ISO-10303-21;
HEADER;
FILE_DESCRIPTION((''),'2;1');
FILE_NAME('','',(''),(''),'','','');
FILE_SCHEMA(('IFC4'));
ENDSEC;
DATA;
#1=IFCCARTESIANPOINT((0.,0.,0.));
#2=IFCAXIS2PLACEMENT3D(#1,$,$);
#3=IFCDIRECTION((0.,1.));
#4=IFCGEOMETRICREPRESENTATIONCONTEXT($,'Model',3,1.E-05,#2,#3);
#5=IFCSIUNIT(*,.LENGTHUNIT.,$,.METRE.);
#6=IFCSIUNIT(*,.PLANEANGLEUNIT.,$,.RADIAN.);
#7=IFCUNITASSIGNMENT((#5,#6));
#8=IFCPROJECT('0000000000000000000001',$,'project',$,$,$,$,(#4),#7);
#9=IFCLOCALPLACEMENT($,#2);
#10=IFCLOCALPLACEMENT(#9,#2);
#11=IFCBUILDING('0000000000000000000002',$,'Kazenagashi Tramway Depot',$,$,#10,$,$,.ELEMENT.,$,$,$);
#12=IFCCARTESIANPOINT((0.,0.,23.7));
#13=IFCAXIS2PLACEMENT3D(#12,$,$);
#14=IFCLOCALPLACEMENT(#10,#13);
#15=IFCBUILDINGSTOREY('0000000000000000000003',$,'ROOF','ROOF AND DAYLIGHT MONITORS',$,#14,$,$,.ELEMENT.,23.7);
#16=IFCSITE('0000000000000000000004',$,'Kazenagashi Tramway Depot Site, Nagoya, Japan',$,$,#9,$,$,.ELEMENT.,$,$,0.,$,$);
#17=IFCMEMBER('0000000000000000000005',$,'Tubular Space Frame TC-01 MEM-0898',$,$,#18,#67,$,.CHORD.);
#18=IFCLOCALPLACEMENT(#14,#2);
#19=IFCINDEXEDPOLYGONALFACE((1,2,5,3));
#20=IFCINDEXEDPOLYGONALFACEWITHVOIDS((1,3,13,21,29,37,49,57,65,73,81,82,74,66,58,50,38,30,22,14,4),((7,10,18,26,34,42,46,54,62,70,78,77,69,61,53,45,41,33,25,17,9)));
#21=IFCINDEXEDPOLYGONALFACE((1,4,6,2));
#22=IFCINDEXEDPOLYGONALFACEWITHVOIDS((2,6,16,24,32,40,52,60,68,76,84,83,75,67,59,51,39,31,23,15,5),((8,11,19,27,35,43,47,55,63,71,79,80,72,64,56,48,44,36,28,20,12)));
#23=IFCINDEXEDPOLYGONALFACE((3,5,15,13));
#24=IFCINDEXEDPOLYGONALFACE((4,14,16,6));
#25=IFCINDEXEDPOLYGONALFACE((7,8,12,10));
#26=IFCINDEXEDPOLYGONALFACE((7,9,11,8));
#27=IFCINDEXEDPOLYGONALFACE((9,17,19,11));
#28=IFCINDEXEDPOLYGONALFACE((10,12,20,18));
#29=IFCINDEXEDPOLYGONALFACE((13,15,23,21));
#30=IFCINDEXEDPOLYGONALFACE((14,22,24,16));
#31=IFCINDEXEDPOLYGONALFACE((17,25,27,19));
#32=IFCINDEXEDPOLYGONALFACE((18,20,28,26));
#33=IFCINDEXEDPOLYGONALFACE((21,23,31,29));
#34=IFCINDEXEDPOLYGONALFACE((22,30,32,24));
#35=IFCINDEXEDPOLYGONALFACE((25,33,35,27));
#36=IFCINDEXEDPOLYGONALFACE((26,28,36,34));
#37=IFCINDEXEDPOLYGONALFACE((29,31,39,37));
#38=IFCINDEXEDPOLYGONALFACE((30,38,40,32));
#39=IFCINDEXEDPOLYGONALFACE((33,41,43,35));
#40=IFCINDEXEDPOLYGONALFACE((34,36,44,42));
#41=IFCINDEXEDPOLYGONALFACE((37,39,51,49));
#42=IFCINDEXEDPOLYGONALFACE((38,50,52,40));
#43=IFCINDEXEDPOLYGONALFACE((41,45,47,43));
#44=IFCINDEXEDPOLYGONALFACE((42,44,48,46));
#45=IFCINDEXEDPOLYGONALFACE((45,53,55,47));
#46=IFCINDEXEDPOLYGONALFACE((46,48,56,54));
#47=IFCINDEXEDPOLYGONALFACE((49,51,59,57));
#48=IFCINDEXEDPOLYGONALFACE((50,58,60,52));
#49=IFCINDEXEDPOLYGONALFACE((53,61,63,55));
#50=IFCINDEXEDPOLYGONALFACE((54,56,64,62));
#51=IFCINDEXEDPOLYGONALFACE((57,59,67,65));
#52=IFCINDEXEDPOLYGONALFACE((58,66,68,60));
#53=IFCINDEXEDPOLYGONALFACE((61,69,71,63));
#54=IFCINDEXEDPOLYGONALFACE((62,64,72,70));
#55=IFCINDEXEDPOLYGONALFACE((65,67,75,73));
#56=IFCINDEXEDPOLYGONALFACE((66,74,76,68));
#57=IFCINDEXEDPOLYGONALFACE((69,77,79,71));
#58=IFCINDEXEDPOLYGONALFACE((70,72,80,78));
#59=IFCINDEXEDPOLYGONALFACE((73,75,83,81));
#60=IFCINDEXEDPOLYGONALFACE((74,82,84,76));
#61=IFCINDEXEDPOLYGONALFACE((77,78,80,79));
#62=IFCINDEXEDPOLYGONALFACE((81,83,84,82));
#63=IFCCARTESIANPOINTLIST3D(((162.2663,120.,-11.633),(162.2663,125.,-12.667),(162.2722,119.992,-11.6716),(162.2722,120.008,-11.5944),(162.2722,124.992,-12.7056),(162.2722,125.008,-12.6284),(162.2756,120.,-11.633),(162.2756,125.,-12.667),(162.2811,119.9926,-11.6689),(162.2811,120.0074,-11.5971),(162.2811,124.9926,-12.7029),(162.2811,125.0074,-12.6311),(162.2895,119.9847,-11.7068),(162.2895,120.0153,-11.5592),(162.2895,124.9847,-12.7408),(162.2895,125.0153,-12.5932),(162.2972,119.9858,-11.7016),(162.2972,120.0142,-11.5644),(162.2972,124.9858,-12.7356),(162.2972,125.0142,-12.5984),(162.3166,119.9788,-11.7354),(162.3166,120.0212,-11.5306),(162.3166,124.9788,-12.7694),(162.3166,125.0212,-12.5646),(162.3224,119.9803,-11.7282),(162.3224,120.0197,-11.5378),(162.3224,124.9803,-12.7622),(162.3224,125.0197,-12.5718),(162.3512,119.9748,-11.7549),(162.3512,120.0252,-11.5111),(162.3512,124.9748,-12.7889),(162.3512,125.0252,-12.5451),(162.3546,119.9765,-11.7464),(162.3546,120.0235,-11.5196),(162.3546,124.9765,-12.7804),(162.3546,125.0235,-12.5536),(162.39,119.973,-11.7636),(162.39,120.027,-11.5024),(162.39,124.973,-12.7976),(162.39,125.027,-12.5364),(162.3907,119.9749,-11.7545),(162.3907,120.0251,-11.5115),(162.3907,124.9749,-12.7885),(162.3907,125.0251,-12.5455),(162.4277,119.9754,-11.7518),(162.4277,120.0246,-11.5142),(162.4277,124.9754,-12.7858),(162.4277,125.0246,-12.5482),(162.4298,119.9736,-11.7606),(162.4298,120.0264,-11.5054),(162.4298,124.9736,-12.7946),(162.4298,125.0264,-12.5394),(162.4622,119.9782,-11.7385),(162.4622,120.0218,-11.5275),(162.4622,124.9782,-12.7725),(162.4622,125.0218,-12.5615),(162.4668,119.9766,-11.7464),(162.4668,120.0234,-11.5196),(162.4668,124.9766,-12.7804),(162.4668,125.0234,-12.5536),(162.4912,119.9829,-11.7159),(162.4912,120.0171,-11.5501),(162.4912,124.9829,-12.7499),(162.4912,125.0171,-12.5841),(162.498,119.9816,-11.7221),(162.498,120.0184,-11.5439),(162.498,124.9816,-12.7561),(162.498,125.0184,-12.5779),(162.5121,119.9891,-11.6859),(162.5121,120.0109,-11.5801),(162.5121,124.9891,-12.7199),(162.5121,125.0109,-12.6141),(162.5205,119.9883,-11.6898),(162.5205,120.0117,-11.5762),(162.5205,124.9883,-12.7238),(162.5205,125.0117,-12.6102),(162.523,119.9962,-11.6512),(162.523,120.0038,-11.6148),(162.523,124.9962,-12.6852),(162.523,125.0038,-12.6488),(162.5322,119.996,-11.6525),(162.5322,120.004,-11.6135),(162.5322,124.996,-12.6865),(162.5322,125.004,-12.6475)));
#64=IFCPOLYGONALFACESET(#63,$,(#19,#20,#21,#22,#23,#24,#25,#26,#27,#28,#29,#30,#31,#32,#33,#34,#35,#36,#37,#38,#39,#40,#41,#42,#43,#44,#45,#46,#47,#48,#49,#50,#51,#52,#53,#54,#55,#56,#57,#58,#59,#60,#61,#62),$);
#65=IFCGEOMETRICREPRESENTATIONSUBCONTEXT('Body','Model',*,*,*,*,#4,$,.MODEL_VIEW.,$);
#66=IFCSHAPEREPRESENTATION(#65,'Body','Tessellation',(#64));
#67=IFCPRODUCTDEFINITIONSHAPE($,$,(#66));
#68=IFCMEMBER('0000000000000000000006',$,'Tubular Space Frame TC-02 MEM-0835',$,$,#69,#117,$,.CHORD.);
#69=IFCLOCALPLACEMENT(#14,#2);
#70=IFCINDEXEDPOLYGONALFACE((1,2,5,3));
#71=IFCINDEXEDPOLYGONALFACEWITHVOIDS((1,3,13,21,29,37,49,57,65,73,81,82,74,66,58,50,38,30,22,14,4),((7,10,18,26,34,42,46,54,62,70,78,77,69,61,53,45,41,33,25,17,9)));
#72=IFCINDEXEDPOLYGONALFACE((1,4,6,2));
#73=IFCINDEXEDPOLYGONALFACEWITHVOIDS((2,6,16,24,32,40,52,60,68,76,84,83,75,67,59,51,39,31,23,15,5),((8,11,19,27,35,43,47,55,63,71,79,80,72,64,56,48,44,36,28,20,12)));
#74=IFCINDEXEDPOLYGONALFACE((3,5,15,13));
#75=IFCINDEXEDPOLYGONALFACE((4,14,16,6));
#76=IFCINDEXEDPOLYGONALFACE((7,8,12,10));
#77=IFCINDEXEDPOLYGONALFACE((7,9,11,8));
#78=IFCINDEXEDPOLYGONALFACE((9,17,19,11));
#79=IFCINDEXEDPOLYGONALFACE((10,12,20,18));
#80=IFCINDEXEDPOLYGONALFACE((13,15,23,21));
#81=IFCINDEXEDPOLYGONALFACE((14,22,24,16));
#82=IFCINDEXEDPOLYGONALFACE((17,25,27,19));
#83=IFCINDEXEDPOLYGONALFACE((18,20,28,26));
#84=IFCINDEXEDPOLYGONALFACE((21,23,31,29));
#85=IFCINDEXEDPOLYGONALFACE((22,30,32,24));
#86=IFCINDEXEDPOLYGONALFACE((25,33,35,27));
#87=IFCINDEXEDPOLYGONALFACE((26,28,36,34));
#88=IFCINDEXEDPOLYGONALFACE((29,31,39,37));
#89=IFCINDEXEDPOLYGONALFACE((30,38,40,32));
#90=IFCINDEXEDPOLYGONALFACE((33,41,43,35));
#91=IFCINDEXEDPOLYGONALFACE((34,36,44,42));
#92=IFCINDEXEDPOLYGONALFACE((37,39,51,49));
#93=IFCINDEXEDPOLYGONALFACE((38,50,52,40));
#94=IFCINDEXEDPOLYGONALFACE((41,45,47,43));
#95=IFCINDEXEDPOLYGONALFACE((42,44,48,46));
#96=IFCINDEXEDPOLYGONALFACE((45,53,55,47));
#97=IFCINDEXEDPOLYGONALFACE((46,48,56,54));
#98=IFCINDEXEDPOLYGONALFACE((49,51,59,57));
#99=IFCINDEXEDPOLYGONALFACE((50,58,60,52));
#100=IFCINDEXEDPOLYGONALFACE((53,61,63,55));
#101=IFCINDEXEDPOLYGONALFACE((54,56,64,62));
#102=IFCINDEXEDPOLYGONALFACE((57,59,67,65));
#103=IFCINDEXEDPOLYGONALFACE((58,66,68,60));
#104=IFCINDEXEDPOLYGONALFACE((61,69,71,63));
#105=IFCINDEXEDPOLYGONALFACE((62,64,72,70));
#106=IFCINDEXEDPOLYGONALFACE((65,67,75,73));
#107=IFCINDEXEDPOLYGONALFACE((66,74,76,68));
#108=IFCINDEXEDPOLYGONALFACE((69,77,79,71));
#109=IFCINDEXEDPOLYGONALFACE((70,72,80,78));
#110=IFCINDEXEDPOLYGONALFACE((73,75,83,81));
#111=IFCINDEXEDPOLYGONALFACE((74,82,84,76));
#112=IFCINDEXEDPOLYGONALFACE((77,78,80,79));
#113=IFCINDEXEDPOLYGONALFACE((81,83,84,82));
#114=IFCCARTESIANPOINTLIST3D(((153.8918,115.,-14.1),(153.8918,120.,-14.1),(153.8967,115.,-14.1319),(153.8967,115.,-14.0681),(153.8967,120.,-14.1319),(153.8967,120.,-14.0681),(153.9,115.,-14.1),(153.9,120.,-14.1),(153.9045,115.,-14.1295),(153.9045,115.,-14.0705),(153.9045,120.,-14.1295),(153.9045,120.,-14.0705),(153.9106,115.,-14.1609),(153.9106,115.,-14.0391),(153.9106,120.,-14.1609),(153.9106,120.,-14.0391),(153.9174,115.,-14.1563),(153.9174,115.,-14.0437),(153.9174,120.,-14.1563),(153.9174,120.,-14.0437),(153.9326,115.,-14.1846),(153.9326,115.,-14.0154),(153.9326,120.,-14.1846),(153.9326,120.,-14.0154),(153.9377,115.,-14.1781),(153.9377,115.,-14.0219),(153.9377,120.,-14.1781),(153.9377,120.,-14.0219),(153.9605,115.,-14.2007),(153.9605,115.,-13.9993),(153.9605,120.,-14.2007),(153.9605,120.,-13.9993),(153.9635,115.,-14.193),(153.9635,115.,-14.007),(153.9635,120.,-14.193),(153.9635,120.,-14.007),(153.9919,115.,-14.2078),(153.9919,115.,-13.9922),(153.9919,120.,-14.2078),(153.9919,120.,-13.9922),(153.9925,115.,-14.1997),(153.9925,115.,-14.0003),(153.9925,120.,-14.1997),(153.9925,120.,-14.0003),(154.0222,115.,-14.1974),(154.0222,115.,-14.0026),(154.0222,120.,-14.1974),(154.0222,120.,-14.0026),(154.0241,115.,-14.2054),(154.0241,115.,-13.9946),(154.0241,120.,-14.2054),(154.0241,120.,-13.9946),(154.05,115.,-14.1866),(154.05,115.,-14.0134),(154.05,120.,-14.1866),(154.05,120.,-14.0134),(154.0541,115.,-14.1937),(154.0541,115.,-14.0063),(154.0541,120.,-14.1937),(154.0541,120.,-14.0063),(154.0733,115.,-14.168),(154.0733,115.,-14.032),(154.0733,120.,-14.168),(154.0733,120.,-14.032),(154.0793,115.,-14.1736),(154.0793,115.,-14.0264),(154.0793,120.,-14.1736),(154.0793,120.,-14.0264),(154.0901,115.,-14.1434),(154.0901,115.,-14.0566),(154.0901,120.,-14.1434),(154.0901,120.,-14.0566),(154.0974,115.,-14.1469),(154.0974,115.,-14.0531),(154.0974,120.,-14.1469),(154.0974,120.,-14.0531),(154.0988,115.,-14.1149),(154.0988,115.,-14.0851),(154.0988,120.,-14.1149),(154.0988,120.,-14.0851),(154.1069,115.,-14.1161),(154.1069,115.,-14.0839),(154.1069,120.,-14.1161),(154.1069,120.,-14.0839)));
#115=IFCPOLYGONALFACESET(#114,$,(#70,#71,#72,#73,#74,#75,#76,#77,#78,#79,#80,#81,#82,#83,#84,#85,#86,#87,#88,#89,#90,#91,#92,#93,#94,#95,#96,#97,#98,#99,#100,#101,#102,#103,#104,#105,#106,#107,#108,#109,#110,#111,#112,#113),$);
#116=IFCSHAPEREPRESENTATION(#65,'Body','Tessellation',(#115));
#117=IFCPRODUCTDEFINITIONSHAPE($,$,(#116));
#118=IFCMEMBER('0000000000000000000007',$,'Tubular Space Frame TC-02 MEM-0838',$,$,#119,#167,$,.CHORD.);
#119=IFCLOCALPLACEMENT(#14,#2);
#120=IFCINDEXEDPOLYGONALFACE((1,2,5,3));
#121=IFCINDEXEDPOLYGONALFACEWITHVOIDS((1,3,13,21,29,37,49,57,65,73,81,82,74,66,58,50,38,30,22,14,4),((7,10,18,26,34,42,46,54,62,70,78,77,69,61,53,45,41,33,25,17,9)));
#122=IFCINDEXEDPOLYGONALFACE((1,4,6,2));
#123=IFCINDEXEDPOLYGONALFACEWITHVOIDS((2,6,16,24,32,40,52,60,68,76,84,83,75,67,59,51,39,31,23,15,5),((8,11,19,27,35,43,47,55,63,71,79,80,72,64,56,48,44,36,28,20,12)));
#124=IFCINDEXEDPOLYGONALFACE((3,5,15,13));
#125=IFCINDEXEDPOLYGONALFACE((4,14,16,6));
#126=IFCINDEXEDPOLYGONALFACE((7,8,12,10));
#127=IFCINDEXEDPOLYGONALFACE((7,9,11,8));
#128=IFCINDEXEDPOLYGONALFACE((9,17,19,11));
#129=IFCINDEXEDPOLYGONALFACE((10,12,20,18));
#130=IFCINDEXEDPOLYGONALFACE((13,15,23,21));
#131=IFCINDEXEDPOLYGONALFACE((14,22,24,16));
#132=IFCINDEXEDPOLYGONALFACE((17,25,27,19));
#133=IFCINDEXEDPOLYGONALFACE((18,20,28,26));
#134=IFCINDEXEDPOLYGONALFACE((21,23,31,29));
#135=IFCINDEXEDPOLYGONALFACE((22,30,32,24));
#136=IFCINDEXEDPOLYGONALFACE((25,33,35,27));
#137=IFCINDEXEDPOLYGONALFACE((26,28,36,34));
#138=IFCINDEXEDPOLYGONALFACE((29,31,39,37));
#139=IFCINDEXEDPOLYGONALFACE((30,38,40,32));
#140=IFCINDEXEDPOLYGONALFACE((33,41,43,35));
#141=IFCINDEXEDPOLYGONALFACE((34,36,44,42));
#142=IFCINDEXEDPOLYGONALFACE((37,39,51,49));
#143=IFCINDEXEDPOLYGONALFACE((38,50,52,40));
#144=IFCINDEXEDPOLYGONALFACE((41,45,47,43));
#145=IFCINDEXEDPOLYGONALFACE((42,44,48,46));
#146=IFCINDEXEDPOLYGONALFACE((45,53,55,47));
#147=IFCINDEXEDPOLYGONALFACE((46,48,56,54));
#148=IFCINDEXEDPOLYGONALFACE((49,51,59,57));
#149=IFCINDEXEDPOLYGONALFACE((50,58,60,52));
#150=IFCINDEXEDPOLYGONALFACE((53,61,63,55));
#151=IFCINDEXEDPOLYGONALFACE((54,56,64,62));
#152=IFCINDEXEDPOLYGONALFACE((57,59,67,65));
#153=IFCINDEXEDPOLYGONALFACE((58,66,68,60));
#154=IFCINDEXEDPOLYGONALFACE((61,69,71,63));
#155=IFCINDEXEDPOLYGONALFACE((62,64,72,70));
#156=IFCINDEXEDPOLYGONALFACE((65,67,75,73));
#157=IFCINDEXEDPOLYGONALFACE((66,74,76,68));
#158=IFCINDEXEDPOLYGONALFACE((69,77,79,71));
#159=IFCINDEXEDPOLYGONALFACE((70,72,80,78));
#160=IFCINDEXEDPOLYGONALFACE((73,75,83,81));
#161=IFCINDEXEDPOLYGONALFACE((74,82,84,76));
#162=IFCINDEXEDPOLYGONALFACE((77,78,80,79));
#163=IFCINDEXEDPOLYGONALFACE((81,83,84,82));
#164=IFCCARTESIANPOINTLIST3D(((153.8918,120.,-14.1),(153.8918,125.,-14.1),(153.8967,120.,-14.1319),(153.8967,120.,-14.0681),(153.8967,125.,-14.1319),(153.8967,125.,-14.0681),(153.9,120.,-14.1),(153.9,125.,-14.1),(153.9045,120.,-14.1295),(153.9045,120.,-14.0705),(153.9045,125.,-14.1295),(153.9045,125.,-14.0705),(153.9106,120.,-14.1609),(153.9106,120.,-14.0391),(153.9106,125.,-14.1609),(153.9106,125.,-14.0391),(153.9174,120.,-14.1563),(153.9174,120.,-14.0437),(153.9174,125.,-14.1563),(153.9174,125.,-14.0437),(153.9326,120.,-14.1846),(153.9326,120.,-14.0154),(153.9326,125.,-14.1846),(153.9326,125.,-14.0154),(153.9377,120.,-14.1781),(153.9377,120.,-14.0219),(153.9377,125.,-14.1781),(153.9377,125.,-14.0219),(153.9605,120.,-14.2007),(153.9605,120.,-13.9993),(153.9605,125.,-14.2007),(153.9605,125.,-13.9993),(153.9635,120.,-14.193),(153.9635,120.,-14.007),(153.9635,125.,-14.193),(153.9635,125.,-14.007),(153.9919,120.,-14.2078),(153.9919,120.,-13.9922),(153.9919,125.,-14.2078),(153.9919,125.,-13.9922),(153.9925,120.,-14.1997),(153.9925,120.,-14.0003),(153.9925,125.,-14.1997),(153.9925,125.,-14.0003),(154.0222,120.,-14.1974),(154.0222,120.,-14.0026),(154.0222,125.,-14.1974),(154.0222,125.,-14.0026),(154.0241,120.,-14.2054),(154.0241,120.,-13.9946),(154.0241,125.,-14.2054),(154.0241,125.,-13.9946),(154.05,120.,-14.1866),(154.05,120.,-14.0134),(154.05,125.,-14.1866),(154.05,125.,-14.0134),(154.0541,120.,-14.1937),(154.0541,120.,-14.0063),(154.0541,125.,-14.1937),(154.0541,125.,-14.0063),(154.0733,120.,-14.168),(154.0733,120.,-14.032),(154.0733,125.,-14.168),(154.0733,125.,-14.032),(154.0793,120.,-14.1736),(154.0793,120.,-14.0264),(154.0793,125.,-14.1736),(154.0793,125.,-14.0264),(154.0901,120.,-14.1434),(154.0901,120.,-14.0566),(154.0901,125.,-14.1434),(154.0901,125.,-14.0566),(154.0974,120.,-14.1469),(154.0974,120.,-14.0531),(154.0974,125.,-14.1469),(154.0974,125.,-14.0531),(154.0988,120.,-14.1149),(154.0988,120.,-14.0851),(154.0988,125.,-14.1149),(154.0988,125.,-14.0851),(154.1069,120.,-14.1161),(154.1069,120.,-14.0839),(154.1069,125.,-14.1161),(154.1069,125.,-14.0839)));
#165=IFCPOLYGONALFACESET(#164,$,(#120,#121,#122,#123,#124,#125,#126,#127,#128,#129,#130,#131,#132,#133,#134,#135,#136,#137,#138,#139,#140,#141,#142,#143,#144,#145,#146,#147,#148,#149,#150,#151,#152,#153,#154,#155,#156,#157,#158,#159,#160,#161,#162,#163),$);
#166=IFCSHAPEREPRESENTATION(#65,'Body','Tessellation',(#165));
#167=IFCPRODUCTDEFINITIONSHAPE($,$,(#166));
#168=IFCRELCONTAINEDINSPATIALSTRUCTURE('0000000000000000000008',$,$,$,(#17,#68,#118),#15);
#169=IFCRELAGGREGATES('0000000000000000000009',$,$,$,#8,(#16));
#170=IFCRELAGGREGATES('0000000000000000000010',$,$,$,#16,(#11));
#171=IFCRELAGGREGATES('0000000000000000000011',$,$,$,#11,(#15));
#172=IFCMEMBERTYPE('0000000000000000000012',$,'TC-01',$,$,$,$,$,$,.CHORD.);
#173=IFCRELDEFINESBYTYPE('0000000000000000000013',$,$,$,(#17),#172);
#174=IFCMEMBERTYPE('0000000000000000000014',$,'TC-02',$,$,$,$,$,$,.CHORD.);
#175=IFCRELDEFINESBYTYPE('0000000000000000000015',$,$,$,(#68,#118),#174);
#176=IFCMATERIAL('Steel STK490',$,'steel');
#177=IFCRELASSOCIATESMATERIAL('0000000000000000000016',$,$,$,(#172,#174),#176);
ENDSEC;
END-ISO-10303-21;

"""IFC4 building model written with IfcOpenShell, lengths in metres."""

from ifc_helpers import new_model, si_unit, direction, frame, origin, origin_2d, place, context, subcontext, project, spatial, hollow_circle, extrude, material, material_profile, profile_set, type_object, element, save


model = new_model("IFC4")

# Units and contexts
model_context = context("Model", 3, precision=1e-05, world=origin(), true_north=direction((0.0, 1.0)))
body_context = subcontext(model_context, "Body", "Model", "MODEL_VIEW")
ifc_project = project(units=[si_unit("LENGTHUNIT", "METRE"), si_unit("PLANEANGLEUNIT", "RADIAN")], contexts=[model_context])

# Site, building, storey
site_placement = place(None, origin())
site = spatial("IfcSite", under=ifc_project, at=site_placement, Name="Kazenagashi Tramway Depot Site, Nagoya, Japan", CompositionType="ELEMENT", RefElevation=0.0)
building_placement = place(site_placement, origin())
building = spatial("IfcBuilding", under=site, at=building_placement, Name="Kazenagashi Tramway Depot", CompositionType="ELEMENT")
storey_placement = place(building_placement, frame((0.0, 0.0, 23.7)))
storey = spatial("IfcBuildingStorey", under=building, at=storey_placement, Name="ROOF", Description="ROOF AND DAYLIGHT MONITORS", CompositionType="ELEMENT", Elevation=23.7)

# Members
ifc_material_1 = material(Name="Steel STK490", Category="steel")
ifc_material_profile_1 = material_profile(ifc_material_1, hollow_circle(Radius=0.1337, WallThickness=0.0093, at=origin_2d()), Name="CHS-267.4x9.3")
ifc_profile_set_1 = profile_set([ifc_material_profile_1], Name="Steel STK490")
member_type_1 = type_object("IfcMemberType", Name="TC-01", PredefinedType="CHORD", material=ifc_profile_set_1)
member_1_placement = place(storey_placement, frame((162.4, 120.0, -11.633), z_axis=(0.0, 0.979279, -0.202515), x_axis=(-1.0, 0.0, 0.0)))
element("IfcMember", 1, at=member_1_placement, inside=storey, type_object=member_type_1, Name="Tubular Space Frame TC-01 MEM-0898", PredefinedType="CHORD", context=body_context, shape_type="SweptSolid", body=[
    extrude(hollow_circle(Radius=0.1337, WallThickness=0.0093, at=origin_2d()), origin(), (0.0, 0.0, 1.0), 5.1058),
])
ifc_material_profile_2 = material_profile(ifc_material_1, hollow_circle(Radius=0.1081, WallThickness=0.0082, at=origin_2d()), Name="CHS-216.3x8.2")
ifc_profile_set_2 = profile_set([ifc_material_profile_2], Name="Steel STK490")
member_type_2 = type_object("IfcMemberType", Name="TC-02", PredefinedType="CHORD", material=ifc_profile_set_2)
for number, where, z_axis, x_axis, name in (
    (2, (154.0, 115.0, -14.1), (0.0, 1.0, 0.0), (-1.0, 0.0, 0.0), "Tubular Space Frame TC-02 MEM-0835"),
    (3, (154.0, 120.0, -14.1), (0.0, 1.0, 0.0), (-1.0, 0.0, 0.0), "Tubular Space Frame TC-02 MEM-0838"),
):
    element("IfcMember", number, at=place(storey_placement, frame(where, z_axis=z_axis, x_axis=x_axis)), inside=storey, type_object=member_type_2, Name=name, PredefinedType="CHORD", context=body_context, shape_type="SweptSolid", body=[
        extrude(hollow_circle(Radius=0.1081, WallThickness=0.0082, at=origin_2d()), origin(), (0.0, 0.0, 1.0), 5.0),
    ])

save(model, "model.ifc")
